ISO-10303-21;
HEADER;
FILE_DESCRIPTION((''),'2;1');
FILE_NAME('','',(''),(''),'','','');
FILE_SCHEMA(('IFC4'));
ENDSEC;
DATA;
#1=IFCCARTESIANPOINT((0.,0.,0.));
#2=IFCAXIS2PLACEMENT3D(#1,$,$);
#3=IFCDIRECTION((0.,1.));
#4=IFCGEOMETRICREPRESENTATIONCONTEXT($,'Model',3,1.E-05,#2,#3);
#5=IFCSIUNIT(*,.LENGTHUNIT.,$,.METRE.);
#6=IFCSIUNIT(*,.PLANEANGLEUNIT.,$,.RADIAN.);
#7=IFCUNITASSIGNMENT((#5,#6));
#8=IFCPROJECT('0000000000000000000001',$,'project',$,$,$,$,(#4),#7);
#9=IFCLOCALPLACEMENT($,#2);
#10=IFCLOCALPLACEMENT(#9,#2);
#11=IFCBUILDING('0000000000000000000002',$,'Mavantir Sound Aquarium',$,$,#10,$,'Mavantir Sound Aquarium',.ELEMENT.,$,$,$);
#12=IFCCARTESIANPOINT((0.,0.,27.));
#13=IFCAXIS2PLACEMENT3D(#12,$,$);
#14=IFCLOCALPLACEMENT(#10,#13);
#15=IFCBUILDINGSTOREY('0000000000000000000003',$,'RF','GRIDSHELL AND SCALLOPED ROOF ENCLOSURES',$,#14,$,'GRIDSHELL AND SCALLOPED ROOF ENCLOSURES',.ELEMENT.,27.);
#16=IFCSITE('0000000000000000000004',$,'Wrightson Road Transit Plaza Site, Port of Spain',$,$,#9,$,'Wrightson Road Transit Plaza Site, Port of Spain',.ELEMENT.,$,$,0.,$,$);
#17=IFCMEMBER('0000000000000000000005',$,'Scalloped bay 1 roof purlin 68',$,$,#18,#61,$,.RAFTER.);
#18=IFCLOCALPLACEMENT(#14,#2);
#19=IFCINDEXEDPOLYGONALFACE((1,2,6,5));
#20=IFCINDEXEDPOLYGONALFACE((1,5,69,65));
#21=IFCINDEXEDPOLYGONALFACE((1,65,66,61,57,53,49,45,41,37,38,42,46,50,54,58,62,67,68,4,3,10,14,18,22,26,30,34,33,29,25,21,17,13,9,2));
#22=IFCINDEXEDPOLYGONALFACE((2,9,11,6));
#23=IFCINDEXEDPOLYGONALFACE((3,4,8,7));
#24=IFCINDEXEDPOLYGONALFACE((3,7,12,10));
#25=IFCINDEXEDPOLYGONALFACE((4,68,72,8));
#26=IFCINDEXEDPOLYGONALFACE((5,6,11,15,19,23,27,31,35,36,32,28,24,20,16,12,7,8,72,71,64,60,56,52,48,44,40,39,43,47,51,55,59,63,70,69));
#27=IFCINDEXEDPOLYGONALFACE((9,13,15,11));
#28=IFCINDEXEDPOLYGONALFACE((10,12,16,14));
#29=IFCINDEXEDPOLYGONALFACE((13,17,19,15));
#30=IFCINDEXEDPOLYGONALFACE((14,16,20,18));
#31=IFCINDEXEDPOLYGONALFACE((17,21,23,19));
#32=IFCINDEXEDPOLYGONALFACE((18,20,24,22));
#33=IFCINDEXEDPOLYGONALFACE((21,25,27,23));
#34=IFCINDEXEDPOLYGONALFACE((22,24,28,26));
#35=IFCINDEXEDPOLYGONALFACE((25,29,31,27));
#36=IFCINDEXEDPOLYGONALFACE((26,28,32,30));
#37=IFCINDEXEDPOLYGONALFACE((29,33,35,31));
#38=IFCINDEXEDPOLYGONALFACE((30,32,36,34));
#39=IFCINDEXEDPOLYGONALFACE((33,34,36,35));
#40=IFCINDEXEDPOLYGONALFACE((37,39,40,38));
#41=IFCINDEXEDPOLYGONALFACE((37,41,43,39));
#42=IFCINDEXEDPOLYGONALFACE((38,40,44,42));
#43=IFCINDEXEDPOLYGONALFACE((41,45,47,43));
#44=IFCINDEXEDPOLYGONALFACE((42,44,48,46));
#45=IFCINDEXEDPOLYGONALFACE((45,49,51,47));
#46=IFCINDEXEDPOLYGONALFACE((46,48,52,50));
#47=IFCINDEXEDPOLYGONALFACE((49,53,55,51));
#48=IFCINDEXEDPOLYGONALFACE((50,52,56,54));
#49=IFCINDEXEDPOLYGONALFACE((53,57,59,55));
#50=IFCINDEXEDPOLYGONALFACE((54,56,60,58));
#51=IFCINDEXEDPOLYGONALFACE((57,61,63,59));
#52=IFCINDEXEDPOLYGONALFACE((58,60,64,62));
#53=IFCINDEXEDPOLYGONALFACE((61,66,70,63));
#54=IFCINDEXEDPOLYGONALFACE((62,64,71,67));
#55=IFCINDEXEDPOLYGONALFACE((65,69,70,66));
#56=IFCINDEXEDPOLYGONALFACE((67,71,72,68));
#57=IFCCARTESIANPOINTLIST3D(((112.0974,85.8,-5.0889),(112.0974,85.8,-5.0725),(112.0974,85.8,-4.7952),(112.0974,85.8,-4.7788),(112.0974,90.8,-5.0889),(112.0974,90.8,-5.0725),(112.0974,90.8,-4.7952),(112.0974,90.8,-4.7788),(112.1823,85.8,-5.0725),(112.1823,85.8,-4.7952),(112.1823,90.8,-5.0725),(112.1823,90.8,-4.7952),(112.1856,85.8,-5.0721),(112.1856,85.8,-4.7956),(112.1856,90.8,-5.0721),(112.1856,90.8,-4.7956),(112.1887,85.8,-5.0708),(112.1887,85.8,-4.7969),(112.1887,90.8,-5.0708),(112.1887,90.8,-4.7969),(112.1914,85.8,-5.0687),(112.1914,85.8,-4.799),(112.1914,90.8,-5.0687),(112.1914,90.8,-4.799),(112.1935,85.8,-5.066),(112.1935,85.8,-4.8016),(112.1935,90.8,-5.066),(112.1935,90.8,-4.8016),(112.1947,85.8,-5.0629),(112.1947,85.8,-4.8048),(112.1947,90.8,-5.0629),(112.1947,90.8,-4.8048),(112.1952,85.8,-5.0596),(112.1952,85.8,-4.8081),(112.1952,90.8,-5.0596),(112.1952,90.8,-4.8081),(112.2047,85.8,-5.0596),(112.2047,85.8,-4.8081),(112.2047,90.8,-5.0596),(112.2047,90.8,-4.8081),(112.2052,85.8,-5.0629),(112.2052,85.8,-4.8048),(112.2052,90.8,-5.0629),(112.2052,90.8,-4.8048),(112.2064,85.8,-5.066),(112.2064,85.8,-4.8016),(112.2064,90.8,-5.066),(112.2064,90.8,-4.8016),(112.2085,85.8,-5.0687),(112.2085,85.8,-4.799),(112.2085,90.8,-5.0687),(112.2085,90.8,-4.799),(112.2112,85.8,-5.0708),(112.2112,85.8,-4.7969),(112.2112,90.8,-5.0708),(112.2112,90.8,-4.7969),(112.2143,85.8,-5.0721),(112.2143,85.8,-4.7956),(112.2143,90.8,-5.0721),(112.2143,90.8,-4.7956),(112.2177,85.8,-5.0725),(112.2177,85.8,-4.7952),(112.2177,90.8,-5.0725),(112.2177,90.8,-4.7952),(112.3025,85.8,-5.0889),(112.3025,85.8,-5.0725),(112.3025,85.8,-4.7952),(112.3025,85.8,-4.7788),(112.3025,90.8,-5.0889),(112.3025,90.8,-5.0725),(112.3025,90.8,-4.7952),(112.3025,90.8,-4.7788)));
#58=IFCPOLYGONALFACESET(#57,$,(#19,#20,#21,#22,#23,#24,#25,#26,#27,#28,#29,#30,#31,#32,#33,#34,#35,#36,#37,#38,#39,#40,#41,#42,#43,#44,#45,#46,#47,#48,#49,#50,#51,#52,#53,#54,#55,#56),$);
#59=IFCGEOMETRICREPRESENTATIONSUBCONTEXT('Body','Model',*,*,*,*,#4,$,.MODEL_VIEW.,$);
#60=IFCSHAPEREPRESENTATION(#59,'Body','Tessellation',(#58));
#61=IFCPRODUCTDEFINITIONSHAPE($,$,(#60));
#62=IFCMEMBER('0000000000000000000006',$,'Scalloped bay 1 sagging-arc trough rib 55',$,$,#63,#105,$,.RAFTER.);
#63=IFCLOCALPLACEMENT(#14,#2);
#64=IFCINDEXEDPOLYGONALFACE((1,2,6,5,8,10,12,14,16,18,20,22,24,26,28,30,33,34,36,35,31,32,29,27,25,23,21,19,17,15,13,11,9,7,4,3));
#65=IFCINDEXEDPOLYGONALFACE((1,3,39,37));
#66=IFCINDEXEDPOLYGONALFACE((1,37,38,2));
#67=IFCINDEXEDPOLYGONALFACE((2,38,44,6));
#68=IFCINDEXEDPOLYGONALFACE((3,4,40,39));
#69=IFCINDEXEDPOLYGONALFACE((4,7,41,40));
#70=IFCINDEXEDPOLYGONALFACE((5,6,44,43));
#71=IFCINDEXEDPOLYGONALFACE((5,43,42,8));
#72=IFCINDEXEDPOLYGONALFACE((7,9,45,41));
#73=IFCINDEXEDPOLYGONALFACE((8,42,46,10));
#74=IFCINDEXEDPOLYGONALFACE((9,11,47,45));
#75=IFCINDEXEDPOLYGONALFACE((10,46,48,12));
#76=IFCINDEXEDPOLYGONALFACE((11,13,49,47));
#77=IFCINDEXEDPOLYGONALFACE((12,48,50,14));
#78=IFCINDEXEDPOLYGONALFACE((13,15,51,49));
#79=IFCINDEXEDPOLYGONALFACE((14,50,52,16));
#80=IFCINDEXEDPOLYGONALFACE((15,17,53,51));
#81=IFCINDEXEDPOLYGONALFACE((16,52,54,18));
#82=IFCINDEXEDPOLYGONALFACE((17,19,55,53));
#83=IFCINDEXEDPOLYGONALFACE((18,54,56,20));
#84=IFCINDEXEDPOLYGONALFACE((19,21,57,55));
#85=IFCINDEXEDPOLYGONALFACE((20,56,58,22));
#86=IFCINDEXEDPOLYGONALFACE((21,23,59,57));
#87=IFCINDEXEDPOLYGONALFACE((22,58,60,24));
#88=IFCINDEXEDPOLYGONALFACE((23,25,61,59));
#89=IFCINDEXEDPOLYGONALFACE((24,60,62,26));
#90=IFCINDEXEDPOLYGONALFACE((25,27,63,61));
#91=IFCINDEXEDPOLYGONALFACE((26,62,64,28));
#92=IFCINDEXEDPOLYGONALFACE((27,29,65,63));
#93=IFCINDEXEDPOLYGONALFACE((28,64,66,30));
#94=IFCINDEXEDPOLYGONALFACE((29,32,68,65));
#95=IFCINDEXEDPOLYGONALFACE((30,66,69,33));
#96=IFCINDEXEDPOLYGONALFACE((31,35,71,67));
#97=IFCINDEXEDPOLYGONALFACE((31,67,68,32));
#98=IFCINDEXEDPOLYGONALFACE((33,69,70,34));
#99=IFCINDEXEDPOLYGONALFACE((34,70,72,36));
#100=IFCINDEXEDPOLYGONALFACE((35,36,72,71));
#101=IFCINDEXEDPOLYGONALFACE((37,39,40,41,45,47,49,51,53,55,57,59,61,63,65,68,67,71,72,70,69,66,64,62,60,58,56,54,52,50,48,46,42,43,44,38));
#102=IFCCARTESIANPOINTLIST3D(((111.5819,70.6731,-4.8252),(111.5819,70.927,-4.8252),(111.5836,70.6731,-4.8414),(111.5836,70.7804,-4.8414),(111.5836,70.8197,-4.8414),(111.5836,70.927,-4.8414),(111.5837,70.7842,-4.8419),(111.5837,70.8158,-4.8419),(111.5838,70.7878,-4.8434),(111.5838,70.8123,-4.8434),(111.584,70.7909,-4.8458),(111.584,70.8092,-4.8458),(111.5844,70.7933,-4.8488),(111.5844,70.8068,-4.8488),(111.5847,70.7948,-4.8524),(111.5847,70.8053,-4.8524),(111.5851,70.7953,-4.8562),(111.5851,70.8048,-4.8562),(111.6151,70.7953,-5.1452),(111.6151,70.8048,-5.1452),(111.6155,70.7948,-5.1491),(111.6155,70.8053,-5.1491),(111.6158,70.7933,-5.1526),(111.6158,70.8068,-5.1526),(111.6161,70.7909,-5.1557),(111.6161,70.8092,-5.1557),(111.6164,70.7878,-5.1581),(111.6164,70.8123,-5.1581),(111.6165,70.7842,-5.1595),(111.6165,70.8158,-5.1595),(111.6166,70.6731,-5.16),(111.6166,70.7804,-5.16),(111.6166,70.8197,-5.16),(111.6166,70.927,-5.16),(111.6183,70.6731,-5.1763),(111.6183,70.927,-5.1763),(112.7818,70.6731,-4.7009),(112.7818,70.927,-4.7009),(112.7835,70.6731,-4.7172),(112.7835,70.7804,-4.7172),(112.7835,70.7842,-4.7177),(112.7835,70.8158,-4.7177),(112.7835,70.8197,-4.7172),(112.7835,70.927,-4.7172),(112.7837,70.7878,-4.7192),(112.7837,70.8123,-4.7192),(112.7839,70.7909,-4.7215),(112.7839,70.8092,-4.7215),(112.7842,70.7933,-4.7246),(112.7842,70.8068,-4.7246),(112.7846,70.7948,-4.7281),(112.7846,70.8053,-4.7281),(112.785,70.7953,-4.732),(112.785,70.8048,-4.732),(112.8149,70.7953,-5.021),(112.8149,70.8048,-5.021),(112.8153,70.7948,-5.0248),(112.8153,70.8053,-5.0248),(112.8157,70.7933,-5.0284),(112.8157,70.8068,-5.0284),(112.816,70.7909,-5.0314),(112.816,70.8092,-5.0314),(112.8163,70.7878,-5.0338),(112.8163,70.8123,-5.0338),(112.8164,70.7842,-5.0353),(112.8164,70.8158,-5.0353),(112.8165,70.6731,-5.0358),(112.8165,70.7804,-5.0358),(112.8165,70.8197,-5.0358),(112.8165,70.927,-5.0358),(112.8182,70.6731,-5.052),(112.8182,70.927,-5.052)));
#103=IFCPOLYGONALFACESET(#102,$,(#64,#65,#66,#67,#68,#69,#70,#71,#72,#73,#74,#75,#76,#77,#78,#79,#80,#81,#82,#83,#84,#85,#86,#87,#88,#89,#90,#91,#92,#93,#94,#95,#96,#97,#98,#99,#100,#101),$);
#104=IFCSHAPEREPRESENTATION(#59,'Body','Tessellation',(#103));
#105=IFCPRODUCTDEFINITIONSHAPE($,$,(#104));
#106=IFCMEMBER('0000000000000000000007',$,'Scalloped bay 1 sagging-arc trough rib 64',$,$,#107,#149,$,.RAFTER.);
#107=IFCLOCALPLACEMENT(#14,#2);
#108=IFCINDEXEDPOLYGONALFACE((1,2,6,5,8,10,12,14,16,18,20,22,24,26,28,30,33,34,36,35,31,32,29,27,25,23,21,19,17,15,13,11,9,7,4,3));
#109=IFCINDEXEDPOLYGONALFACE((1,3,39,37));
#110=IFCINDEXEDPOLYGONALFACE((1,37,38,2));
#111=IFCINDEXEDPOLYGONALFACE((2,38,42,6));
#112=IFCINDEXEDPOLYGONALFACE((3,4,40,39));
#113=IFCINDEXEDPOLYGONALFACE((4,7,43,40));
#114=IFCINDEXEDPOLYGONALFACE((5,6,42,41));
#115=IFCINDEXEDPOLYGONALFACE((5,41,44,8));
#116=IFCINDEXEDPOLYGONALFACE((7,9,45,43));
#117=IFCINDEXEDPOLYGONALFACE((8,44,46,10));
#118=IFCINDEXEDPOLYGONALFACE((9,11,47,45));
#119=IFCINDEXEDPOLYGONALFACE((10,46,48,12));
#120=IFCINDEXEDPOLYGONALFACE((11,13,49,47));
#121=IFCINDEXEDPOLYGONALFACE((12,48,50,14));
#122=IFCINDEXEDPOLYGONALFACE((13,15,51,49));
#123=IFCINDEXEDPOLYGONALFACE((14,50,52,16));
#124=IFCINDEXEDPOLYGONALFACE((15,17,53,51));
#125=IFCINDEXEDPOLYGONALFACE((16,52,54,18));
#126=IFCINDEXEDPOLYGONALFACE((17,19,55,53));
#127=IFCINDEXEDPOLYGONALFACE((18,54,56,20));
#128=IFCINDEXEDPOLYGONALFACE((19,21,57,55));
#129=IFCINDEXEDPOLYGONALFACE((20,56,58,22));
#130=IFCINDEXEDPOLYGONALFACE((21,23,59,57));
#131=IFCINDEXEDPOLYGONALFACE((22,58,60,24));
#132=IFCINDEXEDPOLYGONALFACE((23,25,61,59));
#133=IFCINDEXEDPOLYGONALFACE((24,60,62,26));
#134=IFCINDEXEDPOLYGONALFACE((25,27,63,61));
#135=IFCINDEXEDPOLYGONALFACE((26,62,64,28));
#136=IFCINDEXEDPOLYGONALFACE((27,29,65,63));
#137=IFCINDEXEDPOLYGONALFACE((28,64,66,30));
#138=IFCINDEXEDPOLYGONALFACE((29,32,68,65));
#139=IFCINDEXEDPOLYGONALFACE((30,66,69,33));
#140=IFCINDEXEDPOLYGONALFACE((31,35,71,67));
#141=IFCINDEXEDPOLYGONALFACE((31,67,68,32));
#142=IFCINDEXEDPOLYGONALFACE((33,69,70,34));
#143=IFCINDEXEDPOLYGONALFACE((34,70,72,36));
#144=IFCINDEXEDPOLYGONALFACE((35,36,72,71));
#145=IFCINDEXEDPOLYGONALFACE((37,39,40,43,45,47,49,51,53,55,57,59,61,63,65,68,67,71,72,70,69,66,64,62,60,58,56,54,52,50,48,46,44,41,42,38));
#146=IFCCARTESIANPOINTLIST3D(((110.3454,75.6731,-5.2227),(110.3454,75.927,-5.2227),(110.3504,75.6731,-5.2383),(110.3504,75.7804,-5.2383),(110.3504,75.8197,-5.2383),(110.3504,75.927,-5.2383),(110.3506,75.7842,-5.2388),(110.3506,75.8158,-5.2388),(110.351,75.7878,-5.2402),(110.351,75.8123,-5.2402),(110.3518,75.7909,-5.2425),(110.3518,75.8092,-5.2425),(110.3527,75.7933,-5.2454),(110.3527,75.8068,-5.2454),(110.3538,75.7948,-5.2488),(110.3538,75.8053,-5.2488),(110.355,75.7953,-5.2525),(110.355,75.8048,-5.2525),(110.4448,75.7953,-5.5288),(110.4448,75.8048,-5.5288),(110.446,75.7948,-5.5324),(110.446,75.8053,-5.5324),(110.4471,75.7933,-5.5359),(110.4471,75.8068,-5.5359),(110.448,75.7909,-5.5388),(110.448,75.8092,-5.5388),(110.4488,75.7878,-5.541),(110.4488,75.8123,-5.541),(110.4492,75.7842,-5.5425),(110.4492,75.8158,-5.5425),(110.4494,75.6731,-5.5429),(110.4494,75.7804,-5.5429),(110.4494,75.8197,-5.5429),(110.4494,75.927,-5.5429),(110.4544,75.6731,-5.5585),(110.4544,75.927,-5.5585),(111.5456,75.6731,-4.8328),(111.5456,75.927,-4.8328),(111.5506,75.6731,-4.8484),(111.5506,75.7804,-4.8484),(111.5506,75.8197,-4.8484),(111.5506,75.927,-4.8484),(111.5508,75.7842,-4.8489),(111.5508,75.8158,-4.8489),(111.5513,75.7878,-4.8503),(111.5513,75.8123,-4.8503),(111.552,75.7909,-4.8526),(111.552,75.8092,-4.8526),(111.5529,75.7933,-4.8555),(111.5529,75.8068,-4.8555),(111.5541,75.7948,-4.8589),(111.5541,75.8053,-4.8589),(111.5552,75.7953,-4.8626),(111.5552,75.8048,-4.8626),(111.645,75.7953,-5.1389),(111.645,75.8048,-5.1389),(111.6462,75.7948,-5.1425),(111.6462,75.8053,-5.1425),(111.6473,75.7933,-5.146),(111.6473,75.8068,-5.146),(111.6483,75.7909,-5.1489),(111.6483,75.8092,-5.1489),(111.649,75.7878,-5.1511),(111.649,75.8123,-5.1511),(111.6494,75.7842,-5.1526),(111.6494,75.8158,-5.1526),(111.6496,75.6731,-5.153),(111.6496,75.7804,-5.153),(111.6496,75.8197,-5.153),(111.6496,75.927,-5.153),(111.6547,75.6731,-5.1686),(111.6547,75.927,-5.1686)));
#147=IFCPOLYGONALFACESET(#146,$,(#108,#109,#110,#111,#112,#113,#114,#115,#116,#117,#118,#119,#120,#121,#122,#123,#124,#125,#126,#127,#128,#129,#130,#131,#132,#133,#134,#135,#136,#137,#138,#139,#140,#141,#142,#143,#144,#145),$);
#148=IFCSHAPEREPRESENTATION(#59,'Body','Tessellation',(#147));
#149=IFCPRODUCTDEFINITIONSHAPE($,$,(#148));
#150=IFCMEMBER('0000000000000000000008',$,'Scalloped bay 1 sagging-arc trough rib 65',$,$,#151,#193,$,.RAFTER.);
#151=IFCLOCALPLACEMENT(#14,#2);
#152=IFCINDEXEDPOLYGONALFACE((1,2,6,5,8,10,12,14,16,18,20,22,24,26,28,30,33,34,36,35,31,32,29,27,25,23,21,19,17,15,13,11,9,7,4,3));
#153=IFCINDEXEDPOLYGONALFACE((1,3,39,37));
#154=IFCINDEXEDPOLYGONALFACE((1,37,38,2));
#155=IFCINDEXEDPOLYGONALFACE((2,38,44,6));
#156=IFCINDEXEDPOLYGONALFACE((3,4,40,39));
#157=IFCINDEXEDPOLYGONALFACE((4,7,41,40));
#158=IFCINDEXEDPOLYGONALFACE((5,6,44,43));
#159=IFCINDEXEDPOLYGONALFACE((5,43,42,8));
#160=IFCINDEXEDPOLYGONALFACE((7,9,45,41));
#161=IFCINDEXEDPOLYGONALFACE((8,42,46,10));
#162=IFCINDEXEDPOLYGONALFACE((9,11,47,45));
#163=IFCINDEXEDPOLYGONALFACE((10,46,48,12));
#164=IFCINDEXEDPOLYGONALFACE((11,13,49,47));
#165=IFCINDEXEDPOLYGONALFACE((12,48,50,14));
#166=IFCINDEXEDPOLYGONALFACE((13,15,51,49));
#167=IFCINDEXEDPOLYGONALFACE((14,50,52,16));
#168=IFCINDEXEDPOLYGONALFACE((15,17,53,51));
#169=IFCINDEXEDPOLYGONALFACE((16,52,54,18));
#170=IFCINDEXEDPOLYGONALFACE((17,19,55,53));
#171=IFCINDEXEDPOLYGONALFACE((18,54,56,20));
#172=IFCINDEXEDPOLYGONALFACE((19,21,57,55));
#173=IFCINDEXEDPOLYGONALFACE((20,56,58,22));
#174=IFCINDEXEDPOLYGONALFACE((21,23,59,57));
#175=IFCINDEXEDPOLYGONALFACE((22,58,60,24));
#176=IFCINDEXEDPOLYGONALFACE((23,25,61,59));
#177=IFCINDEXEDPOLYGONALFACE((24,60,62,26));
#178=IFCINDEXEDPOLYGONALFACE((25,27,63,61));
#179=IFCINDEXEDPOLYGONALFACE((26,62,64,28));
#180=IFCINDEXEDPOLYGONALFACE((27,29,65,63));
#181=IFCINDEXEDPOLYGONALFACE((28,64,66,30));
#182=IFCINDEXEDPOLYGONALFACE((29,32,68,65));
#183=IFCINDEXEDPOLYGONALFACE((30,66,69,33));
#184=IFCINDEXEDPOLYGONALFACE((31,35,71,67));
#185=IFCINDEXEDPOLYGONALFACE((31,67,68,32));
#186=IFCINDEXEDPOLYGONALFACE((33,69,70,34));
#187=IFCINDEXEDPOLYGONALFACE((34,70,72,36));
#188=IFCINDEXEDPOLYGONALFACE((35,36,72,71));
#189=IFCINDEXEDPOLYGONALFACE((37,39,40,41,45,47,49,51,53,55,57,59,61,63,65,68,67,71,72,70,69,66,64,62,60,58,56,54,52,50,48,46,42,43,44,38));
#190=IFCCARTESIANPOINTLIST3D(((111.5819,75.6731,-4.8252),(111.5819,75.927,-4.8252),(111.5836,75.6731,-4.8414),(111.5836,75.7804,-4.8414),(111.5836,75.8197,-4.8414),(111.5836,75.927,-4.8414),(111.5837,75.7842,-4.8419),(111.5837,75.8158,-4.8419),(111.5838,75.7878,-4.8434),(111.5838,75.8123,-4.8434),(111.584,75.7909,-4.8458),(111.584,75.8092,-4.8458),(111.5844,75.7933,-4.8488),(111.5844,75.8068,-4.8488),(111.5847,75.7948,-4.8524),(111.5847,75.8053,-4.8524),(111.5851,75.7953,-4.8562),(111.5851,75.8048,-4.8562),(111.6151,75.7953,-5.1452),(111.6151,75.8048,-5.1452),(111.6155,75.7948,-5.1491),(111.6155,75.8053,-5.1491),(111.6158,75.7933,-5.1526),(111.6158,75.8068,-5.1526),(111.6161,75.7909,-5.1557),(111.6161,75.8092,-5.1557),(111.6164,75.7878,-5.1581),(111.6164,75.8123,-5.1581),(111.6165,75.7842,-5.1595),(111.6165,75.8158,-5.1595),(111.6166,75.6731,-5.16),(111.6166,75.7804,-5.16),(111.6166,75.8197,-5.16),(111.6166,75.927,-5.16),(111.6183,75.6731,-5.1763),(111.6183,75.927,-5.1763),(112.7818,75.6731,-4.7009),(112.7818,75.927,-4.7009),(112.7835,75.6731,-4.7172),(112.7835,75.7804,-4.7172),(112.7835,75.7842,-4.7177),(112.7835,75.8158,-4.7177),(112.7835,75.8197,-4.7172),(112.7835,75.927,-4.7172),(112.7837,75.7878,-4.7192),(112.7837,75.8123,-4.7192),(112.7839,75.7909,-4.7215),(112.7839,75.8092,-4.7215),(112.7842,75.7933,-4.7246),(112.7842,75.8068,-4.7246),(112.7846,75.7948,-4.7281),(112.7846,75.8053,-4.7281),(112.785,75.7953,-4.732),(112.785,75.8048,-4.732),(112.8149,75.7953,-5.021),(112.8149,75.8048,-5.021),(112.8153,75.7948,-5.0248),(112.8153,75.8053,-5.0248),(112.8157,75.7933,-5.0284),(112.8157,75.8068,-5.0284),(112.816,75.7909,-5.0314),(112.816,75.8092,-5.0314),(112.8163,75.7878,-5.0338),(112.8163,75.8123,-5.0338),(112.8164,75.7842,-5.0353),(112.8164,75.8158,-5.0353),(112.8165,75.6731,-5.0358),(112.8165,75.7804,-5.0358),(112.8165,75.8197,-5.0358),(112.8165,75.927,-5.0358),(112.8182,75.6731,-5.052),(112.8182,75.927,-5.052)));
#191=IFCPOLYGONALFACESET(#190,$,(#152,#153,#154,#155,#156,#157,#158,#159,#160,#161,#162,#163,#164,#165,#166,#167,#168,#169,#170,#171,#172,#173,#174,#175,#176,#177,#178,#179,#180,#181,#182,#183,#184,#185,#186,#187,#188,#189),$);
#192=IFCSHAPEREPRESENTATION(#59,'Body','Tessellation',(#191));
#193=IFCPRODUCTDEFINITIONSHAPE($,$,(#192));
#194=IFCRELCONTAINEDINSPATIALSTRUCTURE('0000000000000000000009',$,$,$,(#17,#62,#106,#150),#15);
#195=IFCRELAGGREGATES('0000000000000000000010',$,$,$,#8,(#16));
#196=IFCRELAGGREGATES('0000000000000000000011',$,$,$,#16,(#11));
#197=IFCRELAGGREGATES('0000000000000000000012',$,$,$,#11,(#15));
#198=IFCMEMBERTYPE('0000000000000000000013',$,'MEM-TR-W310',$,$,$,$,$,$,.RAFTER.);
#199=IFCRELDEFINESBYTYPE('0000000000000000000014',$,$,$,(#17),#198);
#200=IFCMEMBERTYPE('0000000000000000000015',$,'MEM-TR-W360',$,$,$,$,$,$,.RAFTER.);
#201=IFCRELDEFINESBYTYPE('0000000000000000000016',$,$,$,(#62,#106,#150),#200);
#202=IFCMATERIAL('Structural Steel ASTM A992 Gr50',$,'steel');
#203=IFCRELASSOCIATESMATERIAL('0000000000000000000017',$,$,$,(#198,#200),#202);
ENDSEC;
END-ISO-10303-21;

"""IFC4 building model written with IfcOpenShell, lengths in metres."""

from ifc_helpers import new_model, si_unit, direction, frame, origin, origin_2d, place, context, subcontext, project, spatial, i_section, extrude, material, material_profile, profile_set, type_object, element, save


model = new_model("IFC4")

# Units and contexts
model_context = context("Model", 3, precision=1e-05, world=origin(), true_north=direction((0.0, 1.0)))
body_context = subcontext(model_context, "Body", "Model", "MODEL_VIEW")
ifc_project = project(units=[si_unit("LENGTHUNIT", "METRE"), si_unit("PLANEANGLEUNIT", "RADIAN")], contexts=[model_context])

# Site, building, storey
site_placement = place(None, origin())
site = spatial("IfcSite", under=ifc_project, at=site_placement, Name="Wrightson Road Transit Plaza Site, Port of Spain", LongName="Wrightson Road Transit Plaza Site, Port of Spain", CompositionType="ELEMENT", RefElevation=0.0)
building_placement = place(site_placement, origin())
building = spatial("IfcBuilding", under=site, at=building_placement, Name="Mavantir Sound Aquarium", LongName="Mavantir Sound Aquarium", CompositionType="ELEMENT")
storey_placement = place(building_placement, frame((0.0, 0.0, 27.0)))
storey = spatial("IfcBuildingStorey", under=building, at=storey_placement, Name="RF", Description="GRIDSHELL AND SCALLOPED ROOF ENCLOSURES", LongName="GRIDSHELL AND SCALLOPED ROOF ENCLOSURES", CompositionType="ELEMENT", Elevation=27.0)

# Members
ifc_material_1 = material(Name="Structural Steel ASTM A992 Gr50", Category="steel")
ifc_material_profile_1 = material_profile(ifc_material_1, i_section(OverallWidth=0.2051, OverallDepth=0.3101, WebThickness=0.0095, FlangeThickness=0.0164, FilletRadius=0.0129, at=origin_2d()), Name="W310X74")
ifc_profile_set_1 = profile_set([ifc_material_profile_1], Name="Structural Steel ASTM A992 Gr50")
member_type_1 = type_object("IfcMemberType", Name="MEM-TR-W310", PredefinedType="RAFTER", material=ifc_profile_set_1)
for number, where, z_axis, x_axis, name in (
    (1, (112.2, 85.8, -4.9338), (0.0, 1.0, 0.0), (-1.0, 0.0, 0.0), "Scalloped bay 1 roof purlin 68"),
):
    element("IfcMember", number, at=place(storey_placement, frame(where, z_axis=z_axis, x_axis=x_axis)), inside=storey, type_object=member_type_1, Name=name, PredefinedType="RAFTER", context=body_context, shape_type="SweptSolid", body=[
        extrude(i_section(OverallWidth=0.2051, OverallDepth=0.3101, WebThickness=0.0095, FlangeThickness=0.0164, FilletRadius=0.0129, at=origin_2d()), origin(), (0.0, 0.0, 1.0), 5.0),
    ])
ifc_material_profile_2 = material_profile(ifc_material_1, i_section(OverallWidth=0.2539, OverallDepth=0.353, WebThickness=0.0095, FlangeThickness=0.0164, FilletRadius=0.0149, at=origin_2d()), Name="W360X91")
ifc_profile_set_2 = profile_set([ifc_material_profile_2], Name="Structural Steel ASTM A992 Gr50")
member_type_2 = type_object("IfcMemberType", Name="MEM-TR-W360", PredefinedType="RAFTER", material=ifc_profile_set_2)
member_1_placement = place(storey_placement, frame((111.6001, 70.8, -5.0007), z_axis=(0.99468, 0.0, 0.10301), x_axis=(0.0, 1.0, 0.0)))
element("IfcMember", 2, at=member_1_placement, inside=storey, type_object=member_type_2, Name="Scalloped bay 1 sagging-arc trough rib 55", PredefinedType="RAFTER", context=body_context, shape_type="SweptSolid", body=[
    extrude(i_section(OverallWidth=0.2539, OverallDepth=0.353, WebThickness=0.0095, FlangeThickness=0.0164, FilletRadius=0.0149, at=origin_2d()), origin(), (0.0, 0.0, 1.0), 1.2063),
])
member_2_placement = place(storey_placement, frame((110.3999, 75.8, -5.3906), z_axis=(0.951074, 0.0, 0.308964), x_axis=(0.0, 1.0, 0.0)))
element("IfcMember", 3, at=member_2_placement, inside=storey, type_object=member_type_2, Name="Scalloped bay 1 sagging-arc trough rib 64", PredefinedType="RAFTER", context=body_context, shape_type="SweptSolid", body=[
    extrude(i_section(OverallWidth=0.2539, OverallDepth=0.353, WebThickness=0.0095, FlangeThickness=0.0164, FilletRadius=0.0149, at=origin_2d()), origin(), (0.0, 0.0, 1.0), 1.262),
])
member_3_placement = place(storey_placement, frame((111.6001, 75.8, -5.0007), z_axis=(0.99468, 0.0, 0.10301), x_axis=(0.0, 1.0, 0.0)))
element("IfcMember", 4, at=member_3_placement, inside=storey, type_object=member_type_2, Name="Scalloped bay 1 sagging-arc trough rib 65", PredefinedType="RAFTER", context=body_context, shape_type="SweptSolid", body=[
    extrude(i_section(OverallWidth=0.2539, OverallDepth=0.353, WebThickness=0.0095, FlangeThickness=0.0164, FilletRadius=0.0149, at=origin_2d()), origin(), (0.0, 0.0, 1.0), 1.2063),
])

save(model, "model.ifc")
